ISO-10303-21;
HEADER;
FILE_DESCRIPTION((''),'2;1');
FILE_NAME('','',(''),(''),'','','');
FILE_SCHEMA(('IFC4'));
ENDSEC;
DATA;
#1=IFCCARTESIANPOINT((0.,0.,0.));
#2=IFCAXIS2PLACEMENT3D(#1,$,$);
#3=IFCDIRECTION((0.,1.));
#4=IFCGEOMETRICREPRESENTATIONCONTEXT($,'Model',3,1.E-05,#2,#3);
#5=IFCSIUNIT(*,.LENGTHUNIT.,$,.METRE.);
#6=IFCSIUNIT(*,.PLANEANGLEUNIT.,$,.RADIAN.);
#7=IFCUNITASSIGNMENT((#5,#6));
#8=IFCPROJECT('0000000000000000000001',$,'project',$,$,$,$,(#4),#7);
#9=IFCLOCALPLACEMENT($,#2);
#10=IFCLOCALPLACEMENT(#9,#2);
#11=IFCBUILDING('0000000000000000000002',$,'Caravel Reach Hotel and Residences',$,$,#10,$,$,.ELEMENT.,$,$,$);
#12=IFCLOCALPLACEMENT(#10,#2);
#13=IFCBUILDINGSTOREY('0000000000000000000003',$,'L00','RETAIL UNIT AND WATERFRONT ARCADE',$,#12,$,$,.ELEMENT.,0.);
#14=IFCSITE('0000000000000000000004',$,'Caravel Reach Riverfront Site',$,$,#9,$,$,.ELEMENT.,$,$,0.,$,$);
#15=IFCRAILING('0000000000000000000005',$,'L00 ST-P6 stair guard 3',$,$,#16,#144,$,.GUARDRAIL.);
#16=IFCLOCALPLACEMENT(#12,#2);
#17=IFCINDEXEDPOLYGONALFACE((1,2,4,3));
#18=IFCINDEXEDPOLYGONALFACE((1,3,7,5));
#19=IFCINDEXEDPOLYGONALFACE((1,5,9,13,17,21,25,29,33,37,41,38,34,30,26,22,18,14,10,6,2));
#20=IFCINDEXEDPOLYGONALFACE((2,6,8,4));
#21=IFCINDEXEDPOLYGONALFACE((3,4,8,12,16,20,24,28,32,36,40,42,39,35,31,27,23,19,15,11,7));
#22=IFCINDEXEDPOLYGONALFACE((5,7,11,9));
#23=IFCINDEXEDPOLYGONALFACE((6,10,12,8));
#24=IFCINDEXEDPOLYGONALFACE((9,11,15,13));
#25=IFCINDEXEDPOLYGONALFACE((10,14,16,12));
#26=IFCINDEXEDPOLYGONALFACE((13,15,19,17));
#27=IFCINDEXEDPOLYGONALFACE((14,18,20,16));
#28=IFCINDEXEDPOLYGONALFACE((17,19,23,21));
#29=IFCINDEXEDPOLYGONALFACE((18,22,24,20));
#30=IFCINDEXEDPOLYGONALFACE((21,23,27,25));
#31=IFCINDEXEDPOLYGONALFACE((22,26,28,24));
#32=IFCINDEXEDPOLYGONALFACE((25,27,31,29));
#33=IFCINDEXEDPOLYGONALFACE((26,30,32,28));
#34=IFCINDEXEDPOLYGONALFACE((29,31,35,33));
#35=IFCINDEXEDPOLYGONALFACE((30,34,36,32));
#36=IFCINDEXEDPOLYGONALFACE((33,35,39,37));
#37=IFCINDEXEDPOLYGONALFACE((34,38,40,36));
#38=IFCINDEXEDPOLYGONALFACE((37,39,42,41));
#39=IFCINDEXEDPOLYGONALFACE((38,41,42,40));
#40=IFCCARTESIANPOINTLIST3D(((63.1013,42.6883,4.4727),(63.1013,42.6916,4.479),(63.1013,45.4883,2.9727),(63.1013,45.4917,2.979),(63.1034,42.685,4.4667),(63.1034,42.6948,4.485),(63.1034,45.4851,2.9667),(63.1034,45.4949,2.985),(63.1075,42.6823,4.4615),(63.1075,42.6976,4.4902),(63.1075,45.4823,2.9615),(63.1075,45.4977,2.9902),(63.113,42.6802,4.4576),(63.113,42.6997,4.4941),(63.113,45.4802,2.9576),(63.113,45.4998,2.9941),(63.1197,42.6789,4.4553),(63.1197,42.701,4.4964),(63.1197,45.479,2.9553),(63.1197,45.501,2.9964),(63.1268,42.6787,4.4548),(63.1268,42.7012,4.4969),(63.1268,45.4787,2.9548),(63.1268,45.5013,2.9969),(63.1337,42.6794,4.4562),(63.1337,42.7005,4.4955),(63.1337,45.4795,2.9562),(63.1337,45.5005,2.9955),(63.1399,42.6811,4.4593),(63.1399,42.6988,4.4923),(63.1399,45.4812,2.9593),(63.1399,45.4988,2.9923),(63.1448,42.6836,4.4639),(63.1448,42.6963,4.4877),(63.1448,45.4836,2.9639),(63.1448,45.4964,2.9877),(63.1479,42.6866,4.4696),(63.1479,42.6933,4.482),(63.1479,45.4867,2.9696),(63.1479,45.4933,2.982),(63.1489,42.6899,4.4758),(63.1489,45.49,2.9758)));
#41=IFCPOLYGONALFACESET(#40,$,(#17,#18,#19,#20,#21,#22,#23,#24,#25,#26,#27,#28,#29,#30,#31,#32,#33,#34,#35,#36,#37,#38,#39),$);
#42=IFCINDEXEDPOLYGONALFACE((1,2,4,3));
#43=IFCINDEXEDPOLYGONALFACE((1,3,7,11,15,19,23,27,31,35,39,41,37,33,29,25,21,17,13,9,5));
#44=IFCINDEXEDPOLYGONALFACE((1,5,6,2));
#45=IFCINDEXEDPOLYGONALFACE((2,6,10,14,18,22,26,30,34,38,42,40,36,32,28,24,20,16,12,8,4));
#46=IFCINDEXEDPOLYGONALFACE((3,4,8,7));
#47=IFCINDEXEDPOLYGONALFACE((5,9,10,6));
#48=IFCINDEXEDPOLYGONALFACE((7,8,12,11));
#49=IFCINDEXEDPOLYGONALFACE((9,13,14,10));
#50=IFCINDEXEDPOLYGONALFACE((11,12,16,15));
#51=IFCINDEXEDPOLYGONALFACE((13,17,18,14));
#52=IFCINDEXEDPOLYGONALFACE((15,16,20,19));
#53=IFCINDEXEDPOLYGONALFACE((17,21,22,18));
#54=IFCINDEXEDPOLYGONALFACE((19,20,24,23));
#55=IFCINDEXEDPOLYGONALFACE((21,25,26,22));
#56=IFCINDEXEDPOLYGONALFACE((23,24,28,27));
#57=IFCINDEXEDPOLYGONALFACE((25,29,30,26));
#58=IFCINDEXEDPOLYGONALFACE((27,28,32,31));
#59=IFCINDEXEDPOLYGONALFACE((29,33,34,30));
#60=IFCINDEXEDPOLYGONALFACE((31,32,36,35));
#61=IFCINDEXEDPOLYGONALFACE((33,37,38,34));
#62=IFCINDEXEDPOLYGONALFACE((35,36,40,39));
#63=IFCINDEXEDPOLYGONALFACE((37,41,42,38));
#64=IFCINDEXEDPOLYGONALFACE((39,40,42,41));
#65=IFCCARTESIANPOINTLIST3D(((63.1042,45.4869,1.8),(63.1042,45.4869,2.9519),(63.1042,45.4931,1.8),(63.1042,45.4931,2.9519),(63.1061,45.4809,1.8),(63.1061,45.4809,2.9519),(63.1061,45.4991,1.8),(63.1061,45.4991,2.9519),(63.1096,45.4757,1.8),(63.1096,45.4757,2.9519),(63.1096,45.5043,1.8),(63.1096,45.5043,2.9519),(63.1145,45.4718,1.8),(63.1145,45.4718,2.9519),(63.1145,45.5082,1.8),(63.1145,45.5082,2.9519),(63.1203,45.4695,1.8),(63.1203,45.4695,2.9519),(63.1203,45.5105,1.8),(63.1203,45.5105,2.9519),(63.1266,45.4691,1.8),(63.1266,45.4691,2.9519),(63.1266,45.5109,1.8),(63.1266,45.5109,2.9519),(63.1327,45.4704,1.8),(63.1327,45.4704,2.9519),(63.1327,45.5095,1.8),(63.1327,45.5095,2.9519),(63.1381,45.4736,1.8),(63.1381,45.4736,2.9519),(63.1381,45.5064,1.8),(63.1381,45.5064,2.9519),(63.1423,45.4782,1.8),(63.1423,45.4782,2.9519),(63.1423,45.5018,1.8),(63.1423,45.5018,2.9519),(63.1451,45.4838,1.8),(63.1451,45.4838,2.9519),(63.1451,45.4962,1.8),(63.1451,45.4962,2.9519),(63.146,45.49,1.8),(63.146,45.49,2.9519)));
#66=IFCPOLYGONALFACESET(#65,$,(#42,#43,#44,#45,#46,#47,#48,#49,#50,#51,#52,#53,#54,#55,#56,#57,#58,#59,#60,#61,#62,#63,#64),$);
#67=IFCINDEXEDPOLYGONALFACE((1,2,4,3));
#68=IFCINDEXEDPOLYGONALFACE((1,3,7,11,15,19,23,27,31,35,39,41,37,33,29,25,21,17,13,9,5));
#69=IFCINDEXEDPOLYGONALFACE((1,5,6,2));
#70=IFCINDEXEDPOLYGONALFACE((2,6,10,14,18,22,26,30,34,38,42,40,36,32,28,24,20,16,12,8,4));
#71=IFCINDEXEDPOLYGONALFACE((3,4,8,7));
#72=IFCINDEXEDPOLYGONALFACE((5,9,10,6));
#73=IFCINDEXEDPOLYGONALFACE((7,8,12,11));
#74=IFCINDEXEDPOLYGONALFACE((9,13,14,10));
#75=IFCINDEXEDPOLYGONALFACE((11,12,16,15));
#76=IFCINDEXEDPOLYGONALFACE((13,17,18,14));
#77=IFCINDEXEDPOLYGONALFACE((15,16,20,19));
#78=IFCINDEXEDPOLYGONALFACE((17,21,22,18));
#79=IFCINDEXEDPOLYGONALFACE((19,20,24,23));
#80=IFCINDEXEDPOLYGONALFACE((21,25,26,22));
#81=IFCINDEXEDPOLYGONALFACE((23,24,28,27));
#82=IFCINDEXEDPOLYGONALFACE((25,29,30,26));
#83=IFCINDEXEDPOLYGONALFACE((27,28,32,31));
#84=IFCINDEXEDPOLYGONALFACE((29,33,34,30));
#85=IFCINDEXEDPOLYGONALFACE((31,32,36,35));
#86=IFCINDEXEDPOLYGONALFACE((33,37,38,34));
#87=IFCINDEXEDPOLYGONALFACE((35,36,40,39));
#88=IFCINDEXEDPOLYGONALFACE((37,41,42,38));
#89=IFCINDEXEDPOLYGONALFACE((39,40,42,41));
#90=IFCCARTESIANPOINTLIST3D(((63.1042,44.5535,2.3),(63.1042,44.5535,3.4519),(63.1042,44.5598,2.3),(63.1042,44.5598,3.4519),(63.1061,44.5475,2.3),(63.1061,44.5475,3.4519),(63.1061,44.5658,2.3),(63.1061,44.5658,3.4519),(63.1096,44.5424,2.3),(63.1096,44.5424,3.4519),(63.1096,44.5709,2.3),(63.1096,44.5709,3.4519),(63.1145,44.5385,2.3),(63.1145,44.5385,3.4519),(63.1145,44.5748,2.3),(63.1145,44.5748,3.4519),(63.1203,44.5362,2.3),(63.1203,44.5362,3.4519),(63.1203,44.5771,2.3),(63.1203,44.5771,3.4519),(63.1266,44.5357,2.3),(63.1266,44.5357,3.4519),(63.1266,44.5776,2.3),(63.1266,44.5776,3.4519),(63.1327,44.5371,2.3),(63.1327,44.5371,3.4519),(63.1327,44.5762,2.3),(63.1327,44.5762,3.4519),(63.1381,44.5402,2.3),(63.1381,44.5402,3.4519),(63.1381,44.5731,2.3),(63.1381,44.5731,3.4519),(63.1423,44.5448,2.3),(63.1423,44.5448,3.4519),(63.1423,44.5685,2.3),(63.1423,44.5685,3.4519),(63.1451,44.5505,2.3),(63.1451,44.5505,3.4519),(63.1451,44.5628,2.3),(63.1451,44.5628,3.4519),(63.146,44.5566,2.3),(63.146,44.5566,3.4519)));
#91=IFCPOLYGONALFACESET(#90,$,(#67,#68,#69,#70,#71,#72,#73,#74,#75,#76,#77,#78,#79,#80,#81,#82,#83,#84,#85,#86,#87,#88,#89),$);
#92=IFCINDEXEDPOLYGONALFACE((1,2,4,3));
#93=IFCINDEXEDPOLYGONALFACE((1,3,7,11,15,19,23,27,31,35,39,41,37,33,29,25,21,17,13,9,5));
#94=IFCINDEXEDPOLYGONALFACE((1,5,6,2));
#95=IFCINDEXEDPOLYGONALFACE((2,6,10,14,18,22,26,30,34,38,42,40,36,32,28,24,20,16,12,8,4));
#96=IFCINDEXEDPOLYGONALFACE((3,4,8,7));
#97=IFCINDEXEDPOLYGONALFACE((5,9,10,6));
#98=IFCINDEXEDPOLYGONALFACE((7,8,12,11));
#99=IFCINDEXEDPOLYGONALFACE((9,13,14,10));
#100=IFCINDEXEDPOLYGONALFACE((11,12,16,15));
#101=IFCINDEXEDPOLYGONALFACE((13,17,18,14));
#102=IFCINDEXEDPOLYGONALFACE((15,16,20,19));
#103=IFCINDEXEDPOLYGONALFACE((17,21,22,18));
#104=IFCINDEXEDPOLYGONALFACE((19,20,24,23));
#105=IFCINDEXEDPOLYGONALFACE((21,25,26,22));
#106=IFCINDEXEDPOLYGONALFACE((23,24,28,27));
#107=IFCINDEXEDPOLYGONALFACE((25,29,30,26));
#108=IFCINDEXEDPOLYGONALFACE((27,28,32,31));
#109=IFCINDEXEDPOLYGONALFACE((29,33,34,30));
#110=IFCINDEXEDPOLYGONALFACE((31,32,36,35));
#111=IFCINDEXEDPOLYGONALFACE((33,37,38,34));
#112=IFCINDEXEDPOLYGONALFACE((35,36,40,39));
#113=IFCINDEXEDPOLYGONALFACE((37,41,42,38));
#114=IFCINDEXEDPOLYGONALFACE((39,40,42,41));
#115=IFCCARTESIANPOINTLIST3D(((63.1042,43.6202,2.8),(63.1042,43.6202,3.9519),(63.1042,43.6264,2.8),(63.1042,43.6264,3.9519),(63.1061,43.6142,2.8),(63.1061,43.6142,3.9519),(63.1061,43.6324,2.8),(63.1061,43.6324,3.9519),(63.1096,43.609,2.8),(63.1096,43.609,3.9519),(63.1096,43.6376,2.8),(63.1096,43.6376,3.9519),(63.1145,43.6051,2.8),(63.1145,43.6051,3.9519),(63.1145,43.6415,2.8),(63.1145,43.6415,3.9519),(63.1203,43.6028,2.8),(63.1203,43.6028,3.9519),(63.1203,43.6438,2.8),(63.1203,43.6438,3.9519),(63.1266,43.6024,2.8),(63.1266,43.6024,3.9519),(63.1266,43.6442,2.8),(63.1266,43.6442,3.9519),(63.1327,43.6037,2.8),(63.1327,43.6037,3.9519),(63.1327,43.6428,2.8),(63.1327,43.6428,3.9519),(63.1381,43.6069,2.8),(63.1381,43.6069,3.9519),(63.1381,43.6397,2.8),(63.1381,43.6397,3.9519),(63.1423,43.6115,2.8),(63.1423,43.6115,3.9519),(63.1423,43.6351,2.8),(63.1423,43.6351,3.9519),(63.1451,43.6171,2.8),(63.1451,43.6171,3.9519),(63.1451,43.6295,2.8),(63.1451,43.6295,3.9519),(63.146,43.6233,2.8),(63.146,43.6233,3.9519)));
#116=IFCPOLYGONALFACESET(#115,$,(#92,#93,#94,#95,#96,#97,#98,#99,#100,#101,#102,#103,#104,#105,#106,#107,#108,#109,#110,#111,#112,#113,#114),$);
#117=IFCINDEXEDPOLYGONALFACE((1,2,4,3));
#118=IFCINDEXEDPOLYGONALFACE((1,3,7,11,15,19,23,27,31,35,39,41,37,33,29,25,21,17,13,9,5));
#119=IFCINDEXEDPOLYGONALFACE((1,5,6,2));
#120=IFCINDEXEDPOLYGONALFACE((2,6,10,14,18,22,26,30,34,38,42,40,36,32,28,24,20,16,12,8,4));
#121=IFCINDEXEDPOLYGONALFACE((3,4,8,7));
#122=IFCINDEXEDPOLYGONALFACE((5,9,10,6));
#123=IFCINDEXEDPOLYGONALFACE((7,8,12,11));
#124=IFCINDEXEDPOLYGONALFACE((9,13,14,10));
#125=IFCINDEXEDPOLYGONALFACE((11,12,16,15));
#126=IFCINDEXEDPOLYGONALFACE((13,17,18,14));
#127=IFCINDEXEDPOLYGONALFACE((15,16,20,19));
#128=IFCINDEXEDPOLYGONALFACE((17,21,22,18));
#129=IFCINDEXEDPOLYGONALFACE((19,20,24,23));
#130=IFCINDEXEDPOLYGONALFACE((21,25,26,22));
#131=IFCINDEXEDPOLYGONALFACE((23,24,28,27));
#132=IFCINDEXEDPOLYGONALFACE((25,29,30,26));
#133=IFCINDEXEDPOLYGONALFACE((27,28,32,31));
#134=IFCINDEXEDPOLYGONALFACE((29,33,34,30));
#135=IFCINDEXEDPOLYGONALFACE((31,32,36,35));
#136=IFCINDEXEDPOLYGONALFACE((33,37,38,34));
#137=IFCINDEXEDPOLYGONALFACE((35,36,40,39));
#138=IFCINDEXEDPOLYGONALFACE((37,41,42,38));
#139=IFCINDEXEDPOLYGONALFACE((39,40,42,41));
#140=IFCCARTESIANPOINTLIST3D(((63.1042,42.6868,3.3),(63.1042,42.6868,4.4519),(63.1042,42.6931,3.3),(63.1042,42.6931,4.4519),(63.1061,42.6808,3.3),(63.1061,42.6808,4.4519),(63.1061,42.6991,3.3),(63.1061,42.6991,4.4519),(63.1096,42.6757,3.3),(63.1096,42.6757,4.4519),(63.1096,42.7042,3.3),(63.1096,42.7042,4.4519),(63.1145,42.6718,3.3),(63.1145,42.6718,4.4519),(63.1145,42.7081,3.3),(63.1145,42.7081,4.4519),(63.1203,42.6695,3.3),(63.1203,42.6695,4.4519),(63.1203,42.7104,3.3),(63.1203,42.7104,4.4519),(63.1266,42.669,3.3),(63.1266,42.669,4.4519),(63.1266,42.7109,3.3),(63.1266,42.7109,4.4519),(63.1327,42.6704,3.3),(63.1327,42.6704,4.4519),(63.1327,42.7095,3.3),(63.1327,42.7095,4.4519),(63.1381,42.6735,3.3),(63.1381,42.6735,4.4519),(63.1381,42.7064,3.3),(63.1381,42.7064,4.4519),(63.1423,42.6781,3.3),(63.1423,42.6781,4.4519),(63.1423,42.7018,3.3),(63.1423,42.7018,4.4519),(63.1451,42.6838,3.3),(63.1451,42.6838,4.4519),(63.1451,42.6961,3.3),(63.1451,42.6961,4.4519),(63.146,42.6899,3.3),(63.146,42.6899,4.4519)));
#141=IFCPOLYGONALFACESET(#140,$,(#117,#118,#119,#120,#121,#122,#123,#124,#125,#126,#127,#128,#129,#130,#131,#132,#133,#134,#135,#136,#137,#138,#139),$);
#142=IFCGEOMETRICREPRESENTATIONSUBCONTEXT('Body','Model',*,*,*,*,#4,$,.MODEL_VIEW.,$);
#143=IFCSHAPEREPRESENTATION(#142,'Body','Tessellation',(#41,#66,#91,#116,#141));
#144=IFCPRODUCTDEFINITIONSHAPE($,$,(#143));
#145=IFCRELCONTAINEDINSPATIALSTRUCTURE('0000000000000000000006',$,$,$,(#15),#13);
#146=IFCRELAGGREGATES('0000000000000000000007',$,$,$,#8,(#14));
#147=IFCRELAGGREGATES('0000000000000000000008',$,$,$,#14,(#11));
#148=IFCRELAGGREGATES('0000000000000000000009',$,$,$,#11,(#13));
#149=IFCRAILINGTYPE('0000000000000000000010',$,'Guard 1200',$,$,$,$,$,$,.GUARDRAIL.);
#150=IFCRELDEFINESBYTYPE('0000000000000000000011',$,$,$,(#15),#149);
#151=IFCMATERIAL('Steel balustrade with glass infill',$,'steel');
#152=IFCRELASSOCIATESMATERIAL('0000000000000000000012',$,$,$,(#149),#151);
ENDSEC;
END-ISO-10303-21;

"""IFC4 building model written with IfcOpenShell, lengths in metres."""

from ifc_helpers import new_model, si_unit, direction, frame, origin, origin_2d, place, context, subcontext, project, spatial, circle, extrude, material, type_object, element, save


model = new_model("IFC4")

# Units and contexts
model_context = context("Model", 3, precision=1e-05, world=origin(), true_north=direction((0.0, 1.0)))
body_context = subcontext(model_context, "Body", "Model", "MODEL_VIEW")
ifc_project = project(units=[si_unit("LENGTHUNIT", "METRE"), si_unit("PLANEANGLEUNIT", "RADIAN")], contexts=[model_context])

# Site, building, storey
site_placement = place(None, origin())
site = spatial("IfcSite", under=ifc_project, at=site_placement, Name="Caravel Reach Riverfront Site", CompositionType="ELEMENT", RefElevation=0.0)
building_placement = place(site_placement, origin())
building = spatial("IfcBuilding", under=site, at=building_placement, Name="Caravel Reach Hotel and Residences", CompositionType="ELEMENT")
storey_placement = place(building_placement, origin())
storey = spatial("IfcBuildingStorey", under=building, at=storey_placement, Name="L00", Description="RETAIL UNIT AND WATERFRONT ARCADE", CompositionType="ELEMENT", Elevation=0.0)

# Railing
ifc_material_1 = material(Name="Steel balustrade with glass infill", Category="steel")
railing_type = type_object("IfcRailingType", Name="Guard 1200", PredefinedType="GUARDRAIL", material=ifc_material_1)
railing_1_placement = place(storey_placement, frame((63.125, 45.49, 1.8)))
element("IfcRailing", 1, at=railing_1_placement, inside=storey, type_object=railing_type, Name="L00 ST-P6 stair guard 3", PredefinedType="GUARDRAIL", context=body_context, shape_type="SweptSolid", body=[
    extrude(circle(Radius=0.0239, at=origin_2d()), frame((0.0, 0.0, 1.1758), z_axis=(0.0, -0.881483, 0.472215), x_axis=(1.0, 0.0, 0.0)), (0.0, 0.0, 1.0), 3.1765),
    extrude(circle(Radius=0.021, at=origin_2d()), origin(), (0.0, 0.0, 1.0), 1.1519),
    extrude(circle(Radius=0.021, at=origin_2d()), frame((0.0, -0.9333, 0.5)), (0.0, 0.0, 1.0), 1.1519),
    extrude(circle(Radius=0.021, at=origin_2d()), frame((0.0, -1.8667, 1.0)), (0.0, 0.0, 1.0), 1.1519),
    extrude(circle(Radius=0.021, at=origin_2d()), frame((0.0, -2.8, 1.5)), (0.0, 0.0, 1.0), 1.1519),
])

save(model, "model.ifc")
